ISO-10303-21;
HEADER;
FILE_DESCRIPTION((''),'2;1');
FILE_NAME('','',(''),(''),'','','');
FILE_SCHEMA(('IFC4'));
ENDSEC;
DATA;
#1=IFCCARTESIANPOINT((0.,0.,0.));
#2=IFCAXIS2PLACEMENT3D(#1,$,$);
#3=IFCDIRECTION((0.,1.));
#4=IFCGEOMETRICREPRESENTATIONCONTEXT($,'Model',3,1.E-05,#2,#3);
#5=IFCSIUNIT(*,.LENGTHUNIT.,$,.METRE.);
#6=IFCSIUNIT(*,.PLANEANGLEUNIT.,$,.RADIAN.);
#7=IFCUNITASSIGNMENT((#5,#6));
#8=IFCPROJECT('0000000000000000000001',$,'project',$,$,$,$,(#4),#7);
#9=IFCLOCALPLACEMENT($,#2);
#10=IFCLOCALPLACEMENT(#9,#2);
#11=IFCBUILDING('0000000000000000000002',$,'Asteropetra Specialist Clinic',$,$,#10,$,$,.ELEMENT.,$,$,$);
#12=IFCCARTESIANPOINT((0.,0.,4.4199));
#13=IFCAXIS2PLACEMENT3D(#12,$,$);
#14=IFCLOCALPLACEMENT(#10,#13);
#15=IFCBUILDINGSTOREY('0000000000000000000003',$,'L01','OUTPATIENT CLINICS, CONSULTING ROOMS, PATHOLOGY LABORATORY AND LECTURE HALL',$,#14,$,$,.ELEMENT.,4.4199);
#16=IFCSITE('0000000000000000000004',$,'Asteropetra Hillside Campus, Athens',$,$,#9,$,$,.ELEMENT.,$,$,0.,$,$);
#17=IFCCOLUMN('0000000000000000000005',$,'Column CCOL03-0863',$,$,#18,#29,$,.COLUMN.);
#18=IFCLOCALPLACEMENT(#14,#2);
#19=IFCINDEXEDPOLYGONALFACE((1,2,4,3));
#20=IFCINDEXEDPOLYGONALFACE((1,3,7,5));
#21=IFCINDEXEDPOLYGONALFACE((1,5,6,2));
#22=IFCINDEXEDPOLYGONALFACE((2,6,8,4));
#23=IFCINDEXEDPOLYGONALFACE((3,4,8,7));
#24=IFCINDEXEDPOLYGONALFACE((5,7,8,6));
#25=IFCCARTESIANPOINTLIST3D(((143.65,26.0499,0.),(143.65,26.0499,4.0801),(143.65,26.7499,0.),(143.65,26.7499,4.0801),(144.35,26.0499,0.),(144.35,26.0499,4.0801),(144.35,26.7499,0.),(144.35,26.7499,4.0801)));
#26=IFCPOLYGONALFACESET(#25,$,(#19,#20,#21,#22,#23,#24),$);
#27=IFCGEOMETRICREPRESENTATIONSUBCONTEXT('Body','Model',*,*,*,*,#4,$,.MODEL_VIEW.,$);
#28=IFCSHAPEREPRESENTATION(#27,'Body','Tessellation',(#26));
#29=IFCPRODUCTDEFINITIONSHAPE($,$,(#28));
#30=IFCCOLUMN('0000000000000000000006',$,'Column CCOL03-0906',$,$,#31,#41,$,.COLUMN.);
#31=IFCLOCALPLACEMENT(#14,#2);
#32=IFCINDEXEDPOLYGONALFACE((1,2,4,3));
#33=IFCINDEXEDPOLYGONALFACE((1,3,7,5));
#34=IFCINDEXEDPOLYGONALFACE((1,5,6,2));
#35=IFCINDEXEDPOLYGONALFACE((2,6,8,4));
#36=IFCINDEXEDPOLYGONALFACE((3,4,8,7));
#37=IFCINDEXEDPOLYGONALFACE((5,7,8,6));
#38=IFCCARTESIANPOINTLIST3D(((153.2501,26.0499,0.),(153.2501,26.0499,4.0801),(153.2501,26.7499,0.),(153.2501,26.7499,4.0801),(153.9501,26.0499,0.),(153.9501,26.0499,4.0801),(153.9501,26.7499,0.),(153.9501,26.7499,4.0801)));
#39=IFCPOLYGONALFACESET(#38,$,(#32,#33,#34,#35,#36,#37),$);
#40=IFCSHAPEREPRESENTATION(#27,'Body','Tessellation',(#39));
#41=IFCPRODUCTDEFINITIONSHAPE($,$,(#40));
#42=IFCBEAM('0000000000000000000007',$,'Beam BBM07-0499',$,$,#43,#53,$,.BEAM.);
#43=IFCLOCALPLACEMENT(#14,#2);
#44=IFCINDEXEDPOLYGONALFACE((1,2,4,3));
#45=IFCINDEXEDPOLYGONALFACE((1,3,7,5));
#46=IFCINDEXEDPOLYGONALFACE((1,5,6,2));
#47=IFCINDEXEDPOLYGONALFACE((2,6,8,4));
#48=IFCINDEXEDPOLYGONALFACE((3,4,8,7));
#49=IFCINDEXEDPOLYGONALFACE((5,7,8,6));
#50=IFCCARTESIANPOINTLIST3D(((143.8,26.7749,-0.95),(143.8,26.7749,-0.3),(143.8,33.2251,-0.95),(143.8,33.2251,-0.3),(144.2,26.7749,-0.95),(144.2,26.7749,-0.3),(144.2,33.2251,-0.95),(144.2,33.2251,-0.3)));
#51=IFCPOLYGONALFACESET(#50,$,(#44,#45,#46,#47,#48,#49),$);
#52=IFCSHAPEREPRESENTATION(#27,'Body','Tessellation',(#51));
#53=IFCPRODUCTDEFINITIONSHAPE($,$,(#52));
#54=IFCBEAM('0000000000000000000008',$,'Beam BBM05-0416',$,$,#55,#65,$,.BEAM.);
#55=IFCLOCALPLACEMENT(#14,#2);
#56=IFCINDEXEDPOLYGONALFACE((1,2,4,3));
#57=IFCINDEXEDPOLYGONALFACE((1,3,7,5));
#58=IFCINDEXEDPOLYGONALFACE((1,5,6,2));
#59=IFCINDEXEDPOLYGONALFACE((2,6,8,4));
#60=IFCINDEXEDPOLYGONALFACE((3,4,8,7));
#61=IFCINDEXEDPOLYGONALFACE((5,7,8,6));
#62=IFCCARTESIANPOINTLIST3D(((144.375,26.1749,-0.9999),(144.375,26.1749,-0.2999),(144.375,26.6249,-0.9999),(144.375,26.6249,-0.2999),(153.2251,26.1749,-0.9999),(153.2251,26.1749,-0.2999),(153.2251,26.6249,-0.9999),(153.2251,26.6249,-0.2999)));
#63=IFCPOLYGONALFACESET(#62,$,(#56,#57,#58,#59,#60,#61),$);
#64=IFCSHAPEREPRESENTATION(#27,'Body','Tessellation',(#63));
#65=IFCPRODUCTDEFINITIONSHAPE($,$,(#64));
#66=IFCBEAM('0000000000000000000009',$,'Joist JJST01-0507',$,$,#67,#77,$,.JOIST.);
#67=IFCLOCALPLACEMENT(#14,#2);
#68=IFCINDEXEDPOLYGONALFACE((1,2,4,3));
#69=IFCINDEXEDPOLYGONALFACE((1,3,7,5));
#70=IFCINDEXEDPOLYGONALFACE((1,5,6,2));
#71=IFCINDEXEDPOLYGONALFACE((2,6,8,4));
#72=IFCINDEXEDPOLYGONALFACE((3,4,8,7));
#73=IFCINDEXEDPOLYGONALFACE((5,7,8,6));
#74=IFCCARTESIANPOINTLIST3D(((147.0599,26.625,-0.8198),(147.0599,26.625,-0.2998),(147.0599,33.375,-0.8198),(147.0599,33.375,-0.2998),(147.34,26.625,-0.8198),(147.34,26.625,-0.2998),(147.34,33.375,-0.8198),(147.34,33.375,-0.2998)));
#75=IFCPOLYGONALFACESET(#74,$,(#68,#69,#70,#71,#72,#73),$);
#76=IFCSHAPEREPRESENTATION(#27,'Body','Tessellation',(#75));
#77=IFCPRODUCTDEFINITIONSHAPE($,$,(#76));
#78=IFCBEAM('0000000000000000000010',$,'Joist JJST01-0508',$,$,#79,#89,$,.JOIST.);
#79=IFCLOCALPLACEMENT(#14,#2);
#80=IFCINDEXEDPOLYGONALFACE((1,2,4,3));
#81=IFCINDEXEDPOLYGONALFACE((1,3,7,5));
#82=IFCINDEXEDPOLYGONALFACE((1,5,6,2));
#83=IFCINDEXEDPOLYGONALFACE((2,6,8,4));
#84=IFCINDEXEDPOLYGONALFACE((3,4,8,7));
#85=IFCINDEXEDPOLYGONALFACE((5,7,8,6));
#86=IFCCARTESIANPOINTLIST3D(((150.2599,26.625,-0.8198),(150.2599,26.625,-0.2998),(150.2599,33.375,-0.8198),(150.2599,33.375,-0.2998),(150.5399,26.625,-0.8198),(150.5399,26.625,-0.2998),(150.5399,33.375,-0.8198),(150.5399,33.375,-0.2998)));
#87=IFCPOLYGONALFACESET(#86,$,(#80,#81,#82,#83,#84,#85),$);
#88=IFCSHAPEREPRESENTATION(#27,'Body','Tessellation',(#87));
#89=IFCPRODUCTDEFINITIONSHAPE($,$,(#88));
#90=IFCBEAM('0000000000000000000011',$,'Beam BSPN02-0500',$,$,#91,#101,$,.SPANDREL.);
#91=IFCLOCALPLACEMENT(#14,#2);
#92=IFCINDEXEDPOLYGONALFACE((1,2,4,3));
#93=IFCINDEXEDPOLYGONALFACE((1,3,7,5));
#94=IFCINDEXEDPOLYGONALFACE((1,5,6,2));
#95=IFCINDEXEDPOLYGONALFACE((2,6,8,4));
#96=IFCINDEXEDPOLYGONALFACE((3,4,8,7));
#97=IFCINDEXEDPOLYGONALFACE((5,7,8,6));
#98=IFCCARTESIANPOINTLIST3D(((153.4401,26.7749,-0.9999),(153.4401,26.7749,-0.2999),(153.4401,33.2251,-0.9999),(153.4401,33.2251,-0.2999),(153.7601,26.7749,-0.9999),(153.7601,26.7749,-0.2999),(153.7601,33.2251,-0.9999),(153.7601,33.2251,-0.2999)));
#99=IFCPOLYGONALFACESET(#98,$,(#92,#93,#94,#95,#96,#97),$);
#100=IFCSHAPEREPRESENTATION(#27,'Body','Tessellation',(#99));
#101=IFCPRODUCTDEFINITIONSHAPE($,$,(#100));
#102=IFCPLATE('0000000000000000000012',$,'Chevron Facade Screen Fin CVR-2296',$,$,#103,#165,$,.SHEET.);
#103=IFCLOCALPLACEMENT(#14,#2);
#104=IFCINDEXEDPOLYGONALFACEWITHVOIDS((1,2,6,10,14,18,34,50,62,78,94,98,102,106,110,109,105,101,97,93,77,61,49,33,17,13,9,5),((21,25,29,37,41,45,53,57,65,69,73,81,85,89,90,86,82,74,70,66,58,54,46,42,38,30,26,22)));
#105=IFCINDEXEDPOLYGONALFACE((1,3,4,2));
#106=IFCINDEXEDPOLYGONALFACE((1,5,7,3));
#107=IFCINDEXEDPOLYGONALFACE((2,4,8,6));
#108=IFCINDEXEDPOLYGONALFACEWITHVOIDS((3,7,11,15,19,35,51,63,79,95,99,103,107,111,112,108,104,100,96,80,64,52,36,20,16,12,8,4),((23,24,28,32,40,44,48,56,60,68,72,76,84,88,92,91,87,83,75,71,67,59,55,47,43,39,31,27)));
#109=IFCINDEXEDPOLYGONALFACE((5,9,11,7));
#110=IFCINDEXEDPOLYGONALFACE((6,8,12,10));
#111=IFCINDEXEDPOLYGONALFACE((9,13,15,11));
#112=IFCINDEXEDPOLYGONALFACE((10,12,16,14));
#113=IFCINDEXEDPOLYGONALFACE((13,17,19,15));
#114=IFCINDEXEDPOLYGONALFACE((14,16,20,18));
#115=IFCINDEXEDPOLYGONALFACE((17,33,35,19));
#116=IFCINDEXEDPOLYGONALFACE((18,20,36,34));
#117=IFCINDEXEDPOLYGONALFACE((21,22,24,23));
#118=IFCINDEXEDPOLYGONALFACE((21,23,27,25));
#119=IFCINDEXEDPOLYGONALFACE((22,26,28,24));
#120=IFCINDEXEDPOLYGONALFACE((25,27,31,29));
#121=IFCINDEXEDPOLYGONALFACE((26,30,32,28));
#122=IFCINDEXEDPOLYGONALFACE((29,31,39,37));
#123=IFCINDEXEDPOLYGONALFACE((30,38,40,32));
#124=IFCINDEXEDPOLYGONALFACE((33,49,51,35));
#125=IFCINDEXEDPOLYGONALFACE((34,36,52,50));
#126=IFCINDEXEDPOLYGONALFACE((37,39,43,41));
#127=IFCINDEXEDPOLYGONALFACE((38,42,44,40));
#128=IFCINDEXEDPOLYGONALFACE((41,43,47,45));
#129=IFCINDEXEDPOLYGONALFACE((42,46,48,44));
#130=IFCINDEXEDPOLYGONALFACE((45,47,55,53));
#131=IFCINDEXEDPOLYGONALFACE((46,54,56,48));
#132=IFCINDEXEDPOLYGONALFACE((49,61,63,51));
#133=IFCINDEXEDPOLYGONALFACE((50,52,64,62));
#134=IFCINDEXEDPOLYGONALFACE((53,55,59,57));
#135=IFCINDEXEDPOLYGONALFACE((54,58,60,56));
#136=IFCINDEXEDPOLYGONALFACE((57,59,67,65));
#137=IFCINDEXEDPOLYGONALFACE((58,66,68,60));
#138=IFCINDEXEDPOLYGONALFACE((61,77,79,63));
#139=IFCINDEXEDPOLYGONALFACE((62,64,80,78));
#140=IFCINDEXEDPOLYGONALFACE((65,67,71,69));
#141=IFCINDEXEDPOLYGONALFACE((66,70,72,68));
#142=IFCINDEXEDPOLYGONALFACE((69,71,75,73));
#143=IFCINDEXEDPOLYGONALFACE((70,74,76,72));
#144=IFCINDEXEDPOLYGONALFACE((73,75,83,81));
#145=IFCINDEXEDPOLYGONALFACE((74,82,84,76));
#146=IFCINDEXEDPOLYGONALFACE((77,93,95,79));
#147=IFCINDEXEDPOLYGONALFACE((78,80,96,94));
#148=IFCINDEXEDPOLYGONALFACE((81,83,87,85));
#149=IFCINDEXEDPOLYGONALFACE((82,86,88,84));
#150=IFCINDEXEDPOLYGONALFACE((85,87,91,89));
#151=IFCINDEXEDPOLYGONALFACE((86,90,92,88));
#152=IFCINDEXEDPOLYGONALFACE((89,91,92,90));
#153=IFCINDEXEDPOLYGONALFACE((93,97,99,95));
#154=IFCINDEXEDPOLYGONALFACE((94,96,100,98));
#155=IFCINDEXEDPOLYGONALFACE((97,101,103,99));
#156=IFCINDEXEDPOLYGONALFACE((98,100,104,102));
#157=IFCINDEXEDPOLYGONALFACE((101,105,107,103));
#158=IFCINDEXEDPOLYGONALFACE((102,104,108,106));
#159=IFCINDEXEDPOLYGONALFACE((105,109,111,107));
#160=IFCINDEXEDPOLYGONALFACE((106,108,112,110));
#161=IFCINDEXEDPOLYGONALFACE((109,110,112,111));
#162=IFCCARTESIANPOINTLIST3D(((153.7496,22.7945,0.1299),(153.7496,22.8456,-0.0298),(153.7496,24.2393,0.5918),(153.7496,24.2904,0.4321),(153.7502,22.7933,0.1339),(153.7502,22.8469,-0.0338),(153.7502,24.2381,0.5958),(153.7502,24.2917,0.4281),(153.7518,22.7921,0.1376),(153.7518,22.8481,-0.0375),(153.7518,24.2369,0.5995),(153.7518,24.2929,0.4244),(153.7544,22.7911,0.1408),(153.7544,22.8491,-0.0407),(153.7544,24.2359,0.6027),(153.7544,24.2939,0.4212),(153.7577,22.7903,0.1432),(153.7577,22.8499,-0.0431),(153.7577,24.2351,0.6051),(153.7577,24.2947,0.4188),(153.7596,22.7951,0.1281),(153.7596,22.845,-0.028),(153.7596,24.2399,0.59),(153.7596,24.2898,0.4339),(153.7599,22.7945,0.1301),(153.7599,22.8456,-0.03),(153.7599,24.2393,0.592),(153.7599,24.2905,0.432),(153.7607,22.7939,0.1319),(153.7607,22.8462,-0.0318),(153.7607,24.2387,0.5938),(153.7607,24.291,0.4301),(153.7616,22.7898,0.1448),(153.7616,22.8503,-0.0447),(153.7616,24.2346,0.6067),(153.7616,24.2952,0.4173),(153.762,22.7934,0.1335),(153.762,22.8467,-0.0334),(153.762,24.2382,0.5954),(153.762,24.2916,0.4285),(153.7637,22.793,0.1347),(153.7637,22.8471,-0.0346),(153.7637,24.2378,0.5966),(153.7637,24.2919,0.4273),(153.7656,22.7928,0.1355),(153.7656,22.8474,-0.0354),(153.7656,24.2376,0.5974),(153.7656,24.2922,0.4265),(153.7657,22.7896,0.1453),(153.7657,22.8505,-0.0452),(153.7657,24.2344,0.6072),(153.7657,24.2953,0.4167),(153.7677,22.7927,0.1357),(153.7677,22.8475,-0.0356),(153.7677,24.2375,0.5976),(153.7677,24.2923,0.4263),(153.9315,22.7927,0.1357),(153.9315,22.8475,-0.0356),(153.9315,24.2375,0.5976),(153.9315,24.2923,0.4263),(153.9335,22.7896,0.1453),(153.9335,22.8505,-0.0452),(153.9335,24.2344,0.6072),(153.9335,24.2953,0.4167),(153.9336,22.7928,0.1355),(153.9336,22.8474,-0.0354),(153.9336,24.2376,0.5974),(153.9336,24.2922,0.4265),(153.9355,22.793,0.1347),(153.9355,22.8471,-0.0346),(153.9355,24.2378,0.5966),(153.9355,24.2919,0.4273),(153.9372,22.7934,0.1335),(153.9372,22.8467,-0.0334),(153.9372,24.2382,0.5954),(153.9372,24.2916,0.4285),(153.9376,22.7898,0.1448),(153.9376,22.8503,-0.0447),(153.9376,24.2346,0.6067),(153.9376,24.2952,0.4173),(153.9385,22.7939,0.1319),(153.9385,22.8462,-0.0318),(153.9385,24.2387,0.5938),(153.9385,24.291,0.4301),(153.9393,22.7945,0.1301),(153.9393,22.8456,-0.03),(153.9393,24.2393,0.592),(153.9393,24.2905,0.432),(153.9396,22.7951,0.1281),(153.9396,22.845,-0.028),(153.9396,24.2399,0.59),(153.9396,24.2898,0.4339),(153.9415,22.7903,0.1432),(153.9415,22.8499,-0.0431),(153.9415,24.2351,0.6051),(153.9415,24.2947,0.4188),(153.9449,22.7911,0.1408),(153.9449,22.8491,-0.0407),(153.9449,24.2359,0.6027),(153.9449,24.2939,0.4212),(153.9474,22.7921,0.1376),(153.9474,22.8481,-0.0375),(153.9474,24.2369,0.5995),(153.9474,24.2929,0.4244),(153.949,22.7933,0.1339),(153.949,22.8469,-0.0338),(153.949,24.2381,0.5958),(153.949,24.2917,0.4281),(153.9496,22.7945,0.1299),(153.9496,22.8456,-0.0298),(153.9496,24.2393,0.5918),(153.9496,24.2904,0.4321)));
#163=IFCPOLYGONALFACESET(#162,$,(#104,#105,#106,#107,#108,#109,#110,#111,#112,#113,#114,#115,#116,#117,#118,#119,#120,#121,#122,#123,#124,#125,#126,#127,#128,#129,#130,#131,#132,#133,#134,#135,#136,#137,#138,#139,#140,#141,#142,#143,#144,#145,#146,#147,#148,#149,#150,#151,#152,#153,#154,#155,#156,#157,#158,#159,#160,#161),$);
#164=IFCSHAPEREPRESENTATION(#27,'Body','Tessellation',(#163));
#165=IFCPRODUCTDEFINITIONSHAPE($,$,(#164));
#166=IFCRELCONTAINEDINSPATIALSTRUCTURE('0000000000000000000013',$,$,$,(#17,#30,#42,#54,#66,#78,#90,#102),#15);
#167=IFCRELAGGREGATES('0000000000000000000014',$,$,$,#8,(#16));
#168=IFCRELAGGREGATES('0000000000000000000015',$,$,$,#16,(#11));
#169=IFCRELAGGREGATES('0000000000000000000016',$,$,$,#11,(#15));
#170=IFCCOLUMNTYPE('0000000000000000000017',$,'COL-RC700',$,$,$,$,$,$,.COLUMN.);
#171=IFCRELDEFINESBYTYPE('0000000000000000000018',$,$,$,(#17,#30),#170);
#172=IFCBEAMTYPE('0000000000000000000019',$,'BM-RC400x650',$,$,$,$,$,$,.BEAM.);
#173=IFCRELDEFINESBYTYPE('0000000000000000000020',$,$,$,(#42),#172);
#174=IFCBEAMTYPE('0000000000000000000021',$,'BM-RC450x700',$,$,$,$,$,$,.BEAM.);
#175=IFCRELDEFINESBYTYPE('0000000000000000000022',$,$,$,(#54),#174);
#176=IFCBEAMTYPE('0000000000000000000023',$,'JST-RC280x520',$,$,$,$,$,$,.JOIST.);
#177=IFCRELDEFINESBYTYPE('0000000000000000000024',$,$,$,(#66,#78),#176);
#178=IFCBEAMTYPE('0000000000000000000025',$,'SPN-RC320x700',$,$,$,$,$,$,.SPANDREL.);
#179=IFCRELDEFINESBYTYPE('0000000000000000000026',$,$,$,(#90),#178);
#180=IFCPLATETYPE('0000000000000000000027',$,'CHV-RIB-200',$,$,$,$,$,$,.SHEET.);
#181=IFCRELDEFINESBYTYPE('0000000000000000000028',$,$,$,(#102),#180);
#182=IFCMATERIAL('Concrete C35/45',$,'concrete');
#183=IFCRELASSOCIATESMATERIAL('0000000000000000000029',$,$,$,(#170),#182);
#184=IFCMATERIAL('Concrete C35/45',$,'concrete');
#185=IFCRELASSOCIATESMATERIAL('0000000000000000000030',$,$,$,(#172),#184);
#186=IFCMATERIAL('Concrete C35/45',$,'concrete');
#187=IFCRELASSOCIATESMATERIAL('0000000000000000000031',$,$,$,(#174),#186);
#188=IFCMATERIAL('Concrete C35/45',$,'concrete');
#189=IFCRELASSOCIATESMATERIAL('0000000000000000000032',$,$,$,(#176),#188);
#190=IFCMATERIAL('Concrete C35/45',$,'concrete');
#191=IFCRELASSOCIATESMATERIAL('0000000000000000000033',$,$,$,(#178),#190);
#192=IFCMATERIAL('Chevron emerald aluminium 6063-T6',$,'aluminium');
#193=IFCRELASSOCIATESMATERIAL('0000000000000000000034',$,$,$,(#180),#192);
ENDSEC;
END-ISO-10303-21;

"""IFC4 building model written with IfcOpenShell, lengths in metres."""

from ifc_helpers import new_model, si_unit, direction, frame, origin, origin_2d, place, context, subcontext, project, spatial, rectangle, hollow_rectangle, extrude, material, material_profile, profile_set, type_object, element, save


model = new_model("IFC4")

# Units and contexts
model_context = context("Model", 3, precision=1e-05, world=origin(), true_north=direction((0.0, 1.0)))
body_context = subcontext(model_context, "Body", "Model", "MODEL_VIEW")
ifc_project = project(units=[si_unit("LENGTHUNIT", "METRE"), si_unit("PLANEANGLEUNIT", "RADIAN")], contexts=[model_context])

# Site, building, storey
site_placement = place(None, origin())
site = spatial("IfcSite", under=ifc_project, at=site_placement, Name="Asteropetra Hillside Campus, Athens", CompositionType="ELEMENT", RefElevation=0.0)
building_placement = place(site_placement, origin())
building = spatial("IfcBuilding", under=site, at=building_placement, Name="Asteropetra Specialist Clinic", CompositionType="ELEMENT")
storey_placement = place(building_placement, frame((0.0, 0.0, 4.4199)))
storey = spatial("IfcBuildingStorey", under=building, at=storey_placement, Name="L01", Description="OUTPATIENT CLINICS, CONSULTING ROOMS, PATHOLOGY LABORATORY AND LECTURE HALL", CompositionType="ELEMENT", Elevation=4.4199)

# Columns
ifc_material_1 = material(Name="Concrete C35/45", Category="concrete")
ifc_material_profile_1 = material_profile(ifc_material_1, rectangle(XDim=0.7, YDim=0.7, at=origin_2d()), Name="RC 700x700")
ifc_profile_set_1 = profile_set([ifc_material_profile_1], Name="Concrete C35/45")
column_type = type_object("IfcColumnType", Name="COL-RC700", PredefinedType="COLUMN", material=ifc_profile_set_1)
for number, where, z_axis, x_axis, name in (
    (1, (144.0, 26.3999, 0.0), (0.0, 0.0, 1.0), (1.0, 0.0, 0.0), "Column CCOL03-0863"),
    (2, (153.6001, 26.3999, 0.0), (0.0, 0.0, 1.0), (1.0, 0.0, 0.0), "Column CCOL03-0906"),
):
    element("IfcColumn", number, at=place(storey_placement, frame(where, z_axis=z_axis, x_axis=x_axis)), inside=storey, type_object=column_type, Name=name, PredefinedType="COLUMN", context=body_context, shape_type="SweptSolid", body=[
        extrude(rectangle(XDim=0.7, YDim=0.7, at=origin_2d()), origin(), (0.0, 0.0, 1.0), 4.0801),
    ])

# Beams
ifc_material_2 = material(Name="Concrete C35/45", Category="concrete")
ifc_material_profile_2 = material_profile(ifc_material_2, rectangle(XDim=0.3999, YDim=0.6499, at=origin_2d()), Name="RCB 400x650")
ifc_profile_set_2 = profile_set([ifc_material_profile_2], Name="Concrete C35/45")
beam_type_1 = type_object("IfcBeamType", Name="BM-RC400x650", PredefinedType="BEAM", material=ifc_profile_set_2)
beam_1_placement = place(storey_placement, frame((144.0, 26.7749, -0.625), z_axis=(0.0, 1.0, 0.0), x_axis=(-1.0, 0.0, 0.0)))
element("IfcBeam", 3, at=beam_1_placement, inside=storey, type_object=beam_type_1, Name="Beam BBM07-0499", PredefinedType="BEAM", context=body_context, shape_type="SweptSolid", body=[
    extrude(rectangle(XDim=0.3999, YDim=0.6499, at=origin_2d()), origin(), (0.0, 0.0, 1.0), 6.4502),
])
ifc_material_3 = material(Name="Concrete C35/45", Category="concrete")
ifc_material_profile_3 = material_profile(ifc_material_3, rectangle(XDim=0.45, YDim=0.7, at=origin_2d()), Name="RCB 450x700")
ifc_profile_set_3 = profile_set([ifc_material_profile_3], Name="Concrete C35/45")
beam_type_2 = type_object("IfcBeamType", Name="BM-RC450x700", PredefinedType="BEAM", material=ifc_profile_set_3)
beam_2_placement = place(storey_placement, frame((144.375, 26.3999, -0.6499), z_axis=(1.0, 0.0, 0.0), x_axis=(0.0, 1.0, 0.0)))
element("IfcBeam", 4, at=beam_2_placement, inside=storey, type_object=beam_type_2, Name="Beam BBM05-0416", PredefinedType="BEAM", context=body_context, shape_type="SweptSolid", body=[
    extrude(rectangle(XDim=0.45, YDim=0.7, at=origin_2d()), origin(), (0.0, 0.0, 1.0), 8.8501),
])
ifc_material_4 = material(Name="Concrete C35/45", Category="concrete")
ifc_material_profile_4 = material_profile(ifc_material_4, rectangle(XDim=0.28, YDim=0.52, at=origin_2d()), Name="RCJ 280x520")
ifc_profile_set_4 = profile_set([ifc_material_profile_4], Name="Concrete C35/45")
beam_type_3 = type_object("IfcBeamType", Name="JST-RC280x520", PredefinedType="JOIST", material=ifc_profile_set_4)
for number, where, z_axis, x_axis, name in (
    (5, (147.2, 26.625, -0.5598), (0.0, 1.0, 0.0), (-1.0, 0.0, 0.0), "Joist JJST01-0507"),
    (6, (150.3999, 26.625, -0.5598), (0.0, 1.0, 0.0), (-1.0, 0.0, 0.0), "Joist JJST01-0508"),
):
    element("IfcBeam", number, at=place(storey_placement, frame(where, z_axis=z_axis, x_axis=x_axis)), inside=storey, type_object=beam_type_3, Name=name, PredefinedType="JOIST", context=body_context, shape_type="SweptSolid", body=[
        extrude(rectangle(XDim=0.28, YDim=0.52, at=origin_2d()), origin(), (0.0, 0.0, 1.0), 6.75),
    ])
ifc_material_5 = material(Name="Concrete C35/45", Category="concrete")
ifc_material_profile_5 = material_profile(ifc_material_5, rectangle(XDim=0.3201, YDim=0.7, at=origin_2d()), Name="RCS 320x700")
ifc_profile_set_5 = profile_set([ifc_material_profile_5], Name="Concrete C35/45")
beam_type_4 = type_object("IfcBeamType", Name="SPN-RC320x700", PredefinedType="SPANDREL", material=ifc_profile_set_5)
beam_3_placement = place(storey_placement, frame((153.6001, 26.7749, -0.6499), z_axis=(0.0, 1.0, 0.0), x_axis=(-1.0, 0.0, 0.0)))
element("IfcBeam", 7, at=beam_3_placement, inside=storey, type_object=beam_type_4, Name="Beam BSPN02-0500", PredefinedType="SPANDREL", context=body_context, shape_type="SweptSolid", body=[
    extrude(rectangle(XDim=0.3201, YDim=0.7, at=origin_2d()), origin(), (0.0, 0.0, 1.0), 6.4502),
])

# Plate
ifc_material_6 = material(Name="Chevron emerald aluminium 6063-T6", Category="aluminium")
ifc_material_profile_6 = material_profile(ifc_material_6, hollow_rectangle(XDim=0.2, YDim=0.2, WallThickness=0.01, InnerFilletRadius=0.0081, OuterFilletRadius=0.0161, at=origin_2d()), Name="SHS 200x200x10.0")
ifc_profile_set_6 = profile_set([ifc_material_profile_6], Name="Chevron emerald aluminium 6063-T6")
plate_type = type_object("IfcPlateType", Name="CHV-RIB-200", PredefinedType="SHEET", material=ifc_profile_set_6)
plate_1_placement = place(storey_placement, frame((153.8496, 22.8201, 0.05), z_axis=(0.0, 0.952506, 0.304519), x_axis=(-1.0, 0.0, 0.0)))
element("IfcPlate", 8, at=plate_1_placement, inside=storey, type_object=plate_type, Name="Chevron Facade Screen Fin CVR-2296", PredefinedType="SHEET", context=body_context, shape_type="SweptSolid", body=[
    extrude(hollow_rectangle(XDim=0.2, YDim=0.2, WallThickness=0.01, InnerFilletRadius=0.0081, OuterFilletRadius=0.0161, at=origin_2d()), origin(), (0.0, 0.0, 1.0), 1.5168),
])

save(model, "model.ifc")
